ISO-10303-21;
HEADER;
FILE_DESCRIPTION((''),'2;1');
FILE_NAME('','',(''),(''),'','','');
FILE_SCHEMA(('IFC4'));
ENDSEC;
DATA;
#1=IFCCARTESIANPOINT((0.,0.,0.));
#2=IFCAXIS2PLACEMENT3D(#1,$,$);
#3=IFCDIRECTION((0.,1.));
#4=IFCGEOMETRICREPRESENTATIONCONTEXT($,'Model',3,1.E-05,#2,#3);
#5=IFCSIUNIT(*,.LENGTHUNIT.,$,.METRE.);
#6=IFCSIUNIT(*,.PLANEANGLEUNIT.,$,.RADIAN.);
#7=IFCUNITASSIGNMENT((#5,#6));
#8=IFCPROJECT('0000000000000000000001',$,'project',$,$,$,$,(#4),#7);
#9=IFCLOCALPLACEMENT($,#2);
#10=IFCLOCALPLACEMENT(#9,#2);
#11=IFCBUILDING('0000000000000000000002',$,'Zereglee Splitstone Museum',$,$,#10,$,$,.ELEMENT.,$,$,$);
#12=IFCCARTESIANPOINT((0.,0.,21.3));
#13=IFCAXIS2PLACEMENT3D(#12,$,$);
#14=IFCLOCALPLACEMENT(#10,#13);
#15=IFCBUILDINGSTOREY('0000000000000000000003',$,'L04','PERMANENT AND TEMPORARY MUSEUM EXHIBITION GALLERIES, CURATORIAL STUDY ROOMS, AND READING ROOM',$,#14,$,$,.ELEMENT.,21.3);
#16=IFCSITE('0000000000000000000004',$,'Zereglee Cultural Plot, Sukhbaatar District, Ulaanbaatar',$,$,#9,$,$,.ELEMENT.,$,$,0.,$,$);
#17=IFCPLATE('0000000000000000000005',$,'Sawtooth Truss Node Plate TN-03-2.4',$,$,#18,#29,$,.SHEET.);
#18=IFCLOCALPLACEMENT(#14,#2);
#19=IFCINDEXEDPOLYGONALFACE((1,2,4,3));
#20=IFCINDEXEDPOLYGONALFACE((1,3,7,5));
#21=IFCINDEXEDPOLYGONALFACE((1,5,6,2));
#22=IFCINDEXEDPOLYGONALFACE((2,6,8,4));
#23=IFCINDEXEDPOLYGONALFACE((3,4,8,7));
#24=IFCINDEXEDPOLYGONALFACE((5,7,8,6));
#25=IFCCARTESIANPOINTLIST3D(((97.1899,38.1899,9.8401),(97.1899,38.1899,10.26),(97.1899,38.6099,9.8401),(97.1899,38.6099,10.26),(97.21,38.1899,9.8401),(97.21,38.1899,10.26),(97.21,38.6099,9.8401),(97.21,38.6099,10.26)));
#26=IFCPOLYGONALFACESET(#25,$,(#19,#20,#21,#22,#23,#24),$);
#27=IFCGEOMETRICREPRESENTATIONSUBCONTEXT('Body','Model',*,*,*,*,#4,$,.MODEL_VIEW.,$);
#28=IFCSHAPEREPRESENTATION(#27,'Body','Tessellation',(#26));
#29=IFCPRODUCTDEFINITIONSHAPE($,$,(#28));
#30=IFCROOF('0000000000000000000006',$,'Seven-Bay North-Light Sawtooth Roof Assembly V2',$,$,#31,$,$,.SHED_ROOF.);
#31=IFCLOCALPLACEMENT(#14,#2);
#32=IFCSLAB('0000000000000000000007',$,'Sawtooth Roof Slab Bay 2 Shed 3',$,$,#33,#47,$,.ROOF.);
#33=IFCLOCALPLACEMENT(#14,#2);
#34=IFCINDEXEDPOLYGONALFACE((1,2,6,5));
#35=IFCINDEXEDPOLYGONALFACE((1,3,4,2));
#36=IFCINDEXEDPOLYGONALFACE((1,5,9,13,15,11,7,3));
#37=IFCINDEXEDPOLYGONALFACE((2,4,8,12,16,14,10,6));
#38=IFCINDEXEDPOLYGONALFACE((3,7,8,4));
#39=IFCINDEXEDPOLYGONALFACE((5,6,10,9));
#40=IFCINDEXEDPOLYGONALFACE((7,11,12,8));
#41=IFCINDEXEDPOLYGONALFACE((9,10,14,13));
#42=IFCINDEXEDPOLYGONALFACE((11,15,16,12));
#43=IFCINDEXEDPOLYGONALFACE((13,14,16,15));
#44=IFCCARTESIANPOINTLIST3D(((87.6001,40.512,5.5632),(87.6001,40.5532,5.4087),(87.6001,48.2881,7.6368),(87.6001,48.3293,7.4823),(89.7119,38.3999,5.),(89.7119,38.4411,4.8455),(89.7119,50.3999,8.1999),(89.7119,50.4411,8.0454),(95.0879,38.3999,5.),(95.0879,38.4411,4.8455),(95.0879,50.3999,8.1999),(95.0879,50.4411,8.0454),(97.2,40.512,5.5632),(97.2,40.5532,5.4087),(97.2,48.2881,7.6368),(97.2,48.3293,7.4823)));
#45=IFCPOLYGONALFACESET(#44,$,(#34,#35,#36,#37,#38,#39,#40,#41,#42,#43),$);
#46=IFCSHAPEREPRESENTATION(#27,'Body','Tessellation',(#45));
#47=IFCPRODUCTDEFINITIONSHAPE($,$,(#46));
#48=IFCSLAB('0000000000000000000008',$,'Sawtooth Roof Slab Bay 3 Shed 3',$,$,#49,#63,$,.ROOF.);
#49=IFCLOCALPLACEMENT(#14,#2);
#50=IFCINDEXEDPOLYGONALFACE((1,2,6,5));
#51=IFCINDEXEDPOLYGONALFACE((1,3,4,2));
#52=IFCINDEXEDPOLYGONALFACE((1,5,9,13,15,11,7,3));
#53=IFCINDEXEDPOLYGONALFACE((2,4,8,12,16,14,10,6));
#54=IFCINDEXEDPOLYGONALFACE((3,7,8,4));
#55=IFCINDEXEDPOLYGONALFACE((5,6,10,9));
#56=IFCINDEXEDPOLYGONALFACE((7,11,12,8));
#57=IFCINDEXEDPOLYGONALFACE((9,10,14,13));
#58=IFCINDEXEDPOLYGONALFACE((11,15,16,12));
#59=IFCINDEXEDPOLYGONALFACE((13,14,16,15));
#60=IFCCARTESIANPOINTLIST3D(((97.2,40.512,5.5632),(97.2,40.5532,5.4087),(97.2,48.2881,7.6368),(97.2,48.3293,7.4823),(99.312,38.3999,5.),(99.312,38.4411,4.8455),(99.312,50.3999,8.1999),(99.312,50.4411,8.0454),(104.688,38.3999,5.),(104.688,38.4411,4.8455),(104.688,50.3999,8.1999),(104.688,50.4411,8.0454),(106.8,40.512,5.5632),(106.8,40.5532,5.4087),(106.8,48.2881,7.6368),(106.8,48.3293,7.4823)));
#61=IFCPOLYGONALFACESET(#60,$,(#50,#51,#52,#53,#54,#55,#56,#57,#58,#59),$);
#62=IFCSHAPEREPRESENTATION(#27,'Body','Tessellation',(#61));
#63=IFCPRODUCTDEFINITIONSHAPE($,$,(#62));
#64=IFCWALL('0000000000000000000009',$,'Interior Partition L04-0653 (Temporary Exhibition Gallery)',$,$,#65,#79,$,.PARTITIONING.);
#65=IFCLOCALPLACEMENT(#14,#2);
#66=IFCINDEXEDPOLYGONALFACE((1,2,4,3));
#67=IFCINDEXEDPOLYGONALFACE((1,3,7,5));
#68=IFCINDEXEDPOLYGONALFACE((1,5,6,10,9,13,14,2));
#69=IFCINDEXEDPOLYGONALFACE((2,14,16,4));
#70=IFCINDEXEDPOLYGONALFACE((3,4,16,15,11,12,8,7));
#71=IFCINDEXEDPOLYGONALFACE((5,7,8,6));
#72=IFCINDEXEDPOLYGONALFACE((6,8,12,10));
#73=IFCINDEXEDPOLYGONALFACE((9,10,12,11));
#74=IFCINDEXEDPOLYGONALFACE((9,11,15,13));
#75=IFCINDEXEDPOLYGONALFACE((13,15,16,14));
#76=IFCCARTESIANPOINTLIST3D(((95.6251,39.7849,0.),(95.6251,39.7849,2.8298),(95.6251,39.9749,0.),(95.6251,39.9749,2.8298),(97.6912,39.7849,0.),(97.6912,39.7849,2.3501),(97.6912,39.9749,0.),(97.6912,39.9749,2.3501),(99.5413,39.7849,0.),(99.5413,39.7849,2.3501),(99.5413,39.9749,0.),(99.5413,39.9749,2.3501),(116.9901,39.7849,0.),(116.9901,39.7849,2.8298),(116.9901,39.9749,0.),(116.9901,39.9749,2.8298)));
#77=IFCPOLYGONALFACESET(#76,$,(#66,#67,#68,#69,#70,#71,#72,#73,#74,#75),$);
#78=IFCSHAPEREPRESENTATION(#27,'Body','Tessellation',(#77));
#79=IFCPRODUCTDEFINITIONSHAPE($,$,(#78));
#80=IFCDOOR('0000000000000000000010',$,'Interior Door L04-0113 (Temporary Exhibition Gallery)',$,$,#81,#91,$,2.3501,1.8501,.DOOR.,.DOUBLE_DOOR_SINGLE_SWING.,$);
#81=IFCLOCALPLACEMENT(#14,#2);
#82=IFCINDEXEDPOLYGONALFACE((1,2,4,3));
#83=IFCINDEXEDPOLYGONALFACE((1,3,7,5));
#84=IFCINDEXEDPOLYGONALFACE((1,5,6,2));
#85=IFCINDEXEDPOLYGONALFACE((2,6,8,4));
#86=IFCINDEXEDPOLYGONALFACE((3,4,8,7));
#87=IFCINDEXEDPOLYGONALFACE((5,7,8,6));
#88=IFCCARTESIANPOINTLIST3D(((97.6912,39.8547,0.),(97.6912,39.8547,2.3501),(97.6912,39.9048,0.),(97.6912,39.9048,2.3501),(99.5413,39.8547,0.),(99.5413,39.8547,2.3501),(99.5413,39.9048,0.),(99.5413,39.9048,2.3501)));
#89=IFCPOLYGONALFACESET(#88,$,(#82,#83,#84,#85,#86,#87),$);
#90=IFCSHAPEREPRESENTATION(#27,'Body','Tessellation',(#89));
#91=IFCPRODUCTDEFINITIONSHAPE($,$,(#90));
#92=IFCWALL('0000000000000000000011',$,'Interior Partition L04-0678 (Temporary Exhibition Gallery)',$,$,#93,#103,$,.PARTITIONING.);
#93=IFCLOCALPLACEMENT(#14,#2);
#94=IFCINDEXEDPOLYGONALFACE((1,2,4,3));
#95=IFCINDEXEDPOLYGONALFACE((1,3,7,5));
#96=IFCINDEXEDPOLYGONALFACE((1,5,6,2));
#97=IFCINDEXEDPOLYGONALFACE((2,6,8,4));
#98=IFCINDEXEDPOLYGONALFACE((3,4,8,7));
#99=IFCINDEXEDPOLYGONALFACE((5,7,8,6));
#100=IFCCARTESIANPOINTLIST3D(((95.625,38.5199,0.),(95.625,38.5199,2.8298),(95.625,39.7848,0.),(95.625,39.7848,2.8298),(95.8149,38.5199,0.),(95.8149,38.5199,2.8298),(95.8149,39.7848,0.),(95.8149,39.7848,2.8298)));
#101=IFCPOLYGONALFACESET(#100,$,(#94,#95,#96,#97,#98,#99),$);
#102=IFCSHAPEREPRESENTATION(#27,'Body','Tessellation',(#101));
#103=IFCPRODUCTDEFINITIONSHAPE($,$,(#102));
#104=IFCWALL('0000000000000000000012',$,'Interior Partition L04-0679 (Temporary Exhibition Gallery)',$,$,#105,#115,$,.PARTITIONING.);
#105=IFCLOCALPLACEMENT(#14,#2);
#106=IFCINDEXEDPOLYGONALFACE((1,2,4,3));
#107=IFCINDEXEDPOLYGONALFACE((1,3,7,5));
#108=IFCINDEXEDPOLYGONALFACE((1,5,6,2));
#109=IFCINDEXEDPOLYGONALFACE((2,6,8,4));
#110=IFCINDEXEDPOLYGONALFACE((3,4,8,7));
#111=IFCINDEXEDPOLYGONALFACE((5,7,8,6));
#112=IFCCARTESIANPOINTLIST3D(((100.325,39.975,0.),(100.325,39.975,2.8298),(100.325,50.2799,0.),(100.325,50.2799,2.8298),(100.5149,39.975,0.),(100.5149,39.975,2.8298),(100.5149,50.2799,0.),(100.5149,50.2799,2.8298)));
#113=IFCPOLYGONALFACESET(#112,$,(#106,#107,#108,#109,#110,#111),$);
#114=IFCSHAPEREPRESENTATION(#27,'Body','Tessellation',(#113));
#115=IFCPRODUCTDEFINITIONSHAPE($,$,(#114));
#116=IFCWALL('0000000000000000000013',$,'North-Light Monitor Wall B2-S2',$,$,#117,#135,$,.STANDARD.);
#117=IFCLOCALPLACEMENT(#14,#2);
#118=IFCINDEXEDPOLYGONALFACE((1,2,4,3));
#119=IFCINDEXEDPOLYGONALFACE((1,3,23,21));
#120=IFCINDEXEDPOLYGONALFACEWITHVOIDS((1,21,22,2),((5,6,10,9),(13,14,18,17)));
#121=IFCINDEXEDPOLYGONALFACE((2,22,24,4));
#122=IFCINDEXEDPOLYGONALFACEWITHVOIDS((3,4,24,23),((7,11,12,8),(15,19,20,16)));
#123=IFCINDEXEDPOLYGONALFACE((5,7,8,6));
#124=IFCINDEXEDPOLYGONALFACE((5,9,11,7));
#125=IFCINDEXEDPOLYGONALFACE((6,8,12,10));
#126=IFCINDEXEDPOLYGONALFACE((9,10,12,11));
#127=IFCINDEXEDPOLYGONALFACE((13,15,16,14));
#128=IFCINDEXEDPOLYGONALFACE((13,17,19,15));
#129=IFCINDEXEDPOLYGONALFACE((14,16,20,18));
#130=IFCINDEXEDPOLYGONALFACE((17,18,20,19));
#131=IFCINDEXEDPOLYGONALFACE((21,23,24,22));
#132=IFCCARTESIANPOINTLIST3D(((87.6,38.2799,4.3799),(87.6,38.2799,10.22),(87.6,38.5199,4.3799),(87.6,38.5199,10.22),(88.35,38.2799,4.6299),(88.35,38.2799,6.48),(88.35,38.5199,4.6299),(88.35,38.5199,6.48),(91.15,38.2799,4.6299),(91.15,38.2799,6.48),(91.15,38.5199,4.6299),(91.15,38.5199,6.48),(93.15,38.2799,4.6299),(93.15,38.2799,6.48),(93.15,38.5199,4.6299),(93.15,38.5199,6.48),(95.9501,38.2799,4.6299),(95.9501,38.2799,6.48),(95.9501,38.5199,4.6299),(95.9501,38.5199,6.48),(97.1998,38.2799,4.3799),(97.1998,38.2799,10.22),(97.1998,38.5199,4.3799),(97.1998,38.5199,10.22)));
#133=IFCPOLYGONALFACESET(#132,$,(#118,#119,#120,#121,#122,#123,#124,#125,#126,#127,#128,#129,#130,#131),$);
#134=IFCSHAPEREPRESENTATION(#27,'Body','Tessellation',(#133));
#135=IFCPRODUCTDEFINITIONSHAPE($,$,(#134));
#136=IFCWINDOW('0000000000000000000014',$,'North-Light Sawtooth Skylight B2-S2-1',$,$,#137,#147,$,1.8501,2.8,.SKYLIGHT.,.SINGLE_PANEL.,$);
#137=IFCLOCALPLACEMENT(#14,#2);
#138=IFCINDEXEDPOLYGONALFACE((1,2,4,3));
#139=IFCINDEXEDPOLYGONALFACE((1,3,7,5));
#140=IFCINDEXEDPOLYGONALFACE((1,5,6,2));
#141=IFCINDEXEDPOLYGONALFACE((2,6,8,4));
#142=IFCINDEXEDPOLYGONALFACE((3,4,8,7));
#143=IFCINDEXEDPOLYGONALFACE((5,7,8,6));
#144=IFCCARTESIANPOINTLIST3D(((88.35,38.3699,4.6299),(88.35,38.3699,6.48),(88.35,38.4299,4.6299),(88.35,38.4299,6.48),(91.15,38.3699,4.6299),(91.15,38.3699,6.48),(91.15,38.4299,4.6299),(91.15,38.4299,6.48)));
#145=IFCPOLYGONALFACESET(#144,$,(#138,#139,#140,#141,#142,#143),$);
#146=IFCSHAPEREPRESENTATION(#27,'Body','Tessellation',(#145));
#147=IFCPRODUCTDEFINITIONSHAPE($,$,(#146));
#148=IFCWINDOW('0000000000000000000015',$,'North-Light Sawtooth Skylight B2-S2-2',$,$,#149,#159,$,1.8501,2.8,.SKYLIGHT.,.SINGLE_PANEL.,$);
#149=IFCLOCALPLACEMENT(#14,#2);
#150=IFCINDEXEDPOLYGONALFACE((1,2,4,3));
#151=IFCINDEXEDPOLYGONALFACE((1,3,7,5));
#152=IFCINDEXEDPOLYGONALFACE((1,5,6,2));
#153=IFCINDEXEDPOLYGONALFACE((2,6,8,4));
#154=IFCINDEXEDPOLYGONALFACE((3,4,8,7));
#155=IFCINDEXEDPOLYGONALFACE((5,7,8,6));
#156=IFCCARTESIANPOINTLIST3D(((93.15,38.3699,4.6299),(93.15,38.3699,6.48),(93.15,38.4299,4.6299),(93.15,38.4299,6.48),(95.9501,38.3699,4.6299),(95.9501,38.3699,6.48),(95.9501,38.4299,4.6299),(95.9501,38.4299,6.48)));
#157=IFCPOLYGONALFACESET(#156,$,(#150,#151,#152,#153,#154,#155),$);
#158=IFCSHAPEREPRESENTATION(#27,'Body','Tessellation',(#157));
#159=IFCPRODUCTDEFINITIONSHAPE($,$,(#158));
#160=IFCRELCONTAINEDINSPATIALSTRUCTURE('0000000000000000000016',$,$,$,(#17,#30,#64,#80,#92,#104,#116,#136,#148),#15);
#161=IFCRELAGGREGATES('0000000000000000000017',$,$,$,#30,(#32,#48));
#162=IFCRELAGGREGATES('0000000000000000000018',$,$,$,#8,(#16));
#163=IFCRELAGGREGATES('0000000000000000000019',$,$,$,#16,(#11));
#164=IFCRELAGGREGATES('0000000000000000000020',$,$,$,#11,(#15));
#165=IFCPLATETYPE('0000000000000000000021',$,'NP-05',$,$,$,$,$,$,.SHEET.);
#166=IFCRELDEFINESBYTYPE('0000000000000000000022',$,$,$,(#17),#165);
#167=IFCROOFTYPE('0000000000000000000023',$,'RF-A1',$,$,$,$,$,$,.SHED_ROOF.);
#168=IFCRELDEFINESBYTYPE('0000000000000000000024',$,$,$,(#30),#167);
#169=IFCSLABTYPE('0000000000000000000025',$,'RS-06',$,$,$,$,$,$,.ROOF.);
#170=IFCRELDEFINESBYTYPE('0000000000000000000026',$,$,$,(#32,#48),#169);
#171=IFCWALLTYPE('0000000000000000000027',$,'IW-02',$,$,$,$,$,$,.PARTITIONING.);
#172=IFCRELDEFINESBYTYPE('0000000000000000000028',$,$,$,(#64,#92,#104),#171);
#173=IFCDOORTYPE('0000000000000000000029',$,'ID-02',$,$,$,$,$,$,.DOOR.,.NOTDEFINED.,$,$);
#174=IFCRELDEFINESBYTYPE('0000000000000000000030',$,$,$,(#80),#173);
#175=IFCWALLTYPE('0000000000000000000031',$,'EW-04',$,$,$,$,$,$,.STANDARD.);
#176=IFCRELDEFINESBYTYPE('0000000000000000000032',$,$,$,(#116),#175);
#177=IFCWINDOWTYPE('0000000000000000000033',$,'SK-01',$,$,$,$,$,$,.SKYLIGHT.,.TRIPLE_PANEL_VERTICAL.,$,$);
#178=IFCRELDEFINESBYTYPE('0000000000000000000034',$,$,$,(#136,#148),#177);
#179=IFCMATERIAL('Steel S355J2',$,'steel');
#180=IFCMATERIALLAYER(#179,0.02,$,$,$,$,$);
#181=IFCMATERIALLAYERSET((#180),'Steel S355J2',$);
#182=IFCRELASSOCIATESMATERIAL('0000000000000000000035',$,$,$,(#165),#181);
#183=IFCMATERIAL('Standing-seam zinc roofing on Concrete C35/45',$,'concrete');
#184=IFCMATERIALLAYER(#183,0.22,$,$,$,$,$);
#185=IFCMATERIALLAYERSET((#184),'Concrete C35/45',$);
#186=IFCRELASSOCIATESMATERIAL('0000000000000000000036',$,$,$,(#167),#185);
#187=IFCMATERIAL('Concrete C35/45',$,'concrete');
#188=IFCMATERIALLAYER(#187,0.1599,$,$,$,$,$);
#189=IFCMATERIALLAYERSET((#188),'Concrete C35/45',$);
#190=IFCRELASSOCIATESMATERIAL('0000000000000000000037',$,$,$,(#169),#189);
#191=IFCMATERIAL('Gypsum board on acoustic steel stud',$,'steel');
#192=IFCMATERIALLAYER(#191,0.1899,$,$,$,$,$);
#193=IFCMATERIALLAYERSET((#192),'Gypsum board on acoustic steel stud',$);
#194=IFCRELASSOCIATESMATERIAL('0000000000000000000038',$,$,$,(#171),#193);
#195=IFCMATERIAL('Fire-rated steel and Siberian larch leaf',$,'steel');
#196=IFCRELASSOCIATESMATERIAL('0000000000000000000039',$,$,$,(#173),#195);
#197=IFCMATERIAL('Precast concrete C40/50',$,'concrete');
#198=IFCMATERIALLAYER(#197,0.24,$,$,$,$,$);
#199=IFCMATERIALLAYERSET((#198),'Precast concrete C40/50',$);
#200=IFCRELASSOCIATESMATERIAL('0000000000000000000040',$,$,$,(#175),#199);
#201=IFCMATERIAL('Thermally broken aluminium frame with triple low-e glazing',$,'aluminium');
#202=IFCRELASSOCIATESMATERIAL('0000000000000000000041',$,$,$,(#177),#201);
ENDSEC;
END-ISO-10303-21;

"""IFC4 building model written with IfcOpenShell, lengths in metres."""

from ifc_helpers import new_model, si_unit, direction, frame, frame_2d, origin, origin_2d, place, context, subcontext, project, spatial, polyline, rectangle, outline, extrude, material, layer, layer_set, type_object, element, fill, aggregate, save


model = new_model("IFC4")

# Units and contexts
model_context = context("Model", 3, precision=1e-05, world=origin(), true_north=direction((0.0, 1.0)))
body_context = subcontext(model_context, "Body", "Model", "MODEL_VIEW")
ifc_project = project(units=[si_unit("LENGTHUNIT", "METRE"), si_unit("PLANEANGLEUNIT", "RADIAN")], contexts=[model_context])

# Site, building, storey
site_placement = place(None, origin())
site = spatial("IfcSite", under=ifc_project, at=site_placement, Name="Zereglee Cultural Plot, Sukhbaatar District, Ulaanbaatar", CompositionType="ELEMENT", RefElevation=0.0)
building_placement = place(site_placement, origin())
building = spatial("IfcBuilding", under=site, at=building_placement, Name="Zereglee Splitstone Museum", CompositionType="ELEMENT")
storey_placement = place(building_placement, frame((0.0, 0.0, 21.3)))
storey = spatial("IfcBuildingStorey", under=building, at=storey_placement, Name="L04", Description="PERMANENT AND TEMPORARY MUSEUM EXHIBITION GALLERIES, CURATORIAL STUDY ROOMS, AND READING ROOM", CompositionType="ELEMENT", Elevation=21.3)

# Shared definitions
ifc_material_1 = material(Name="Steel S355J2", Category="steel")

# Plate
ifc_layer_1 = layer(ifc_material_1, 0.02)
ifc_layer_set_1 = layer_set([ifc_layer_1], Name="Steel S355J2")
plate_type_1 = type_object("IfcPlateType", Name="NP-05", PredefinedType="SHEET", material=ifc_layer_set_1)
plate_1_placement = place(storey_placement, frame((97.2, 38.3999, 9.8401), z_axis=(0.0, 0.0, 1.0), x_axis=(1.0, 0.0, 0.0)))
element("IfcPlate", 1, at=plate_1_placement, inside=storey, type_object=plate_type_1, Name="Sawtooth Truss Node Plate TN-03-2.4", PredefinedType="SHEET", context=body_context, shape_type="SweptSolid", body=[
    extrude(rectangle(XDim=0.02, YDim=0.4199, at=origin_2d()), origin(), (0.0, 0.0, 1.0), 0.4199),
])

# Roof, slabs
ifc_material_2 = material(Name="Standing-seam zinc roofing on Concrete C35/45", Category="concrete")
ifc_layer_2 = layer(ifc_material_2, 0.22)
ifc_layer_set_2 = layer_set([ifc_layer_2], Name="Concrete C35/45")
roof_type = type_object("IfcRoofType", Name="RF-A1", PredefinedType="SHED_ROOF", material=ifc_layer_set_2)
roof_placement = place(storey_placement, origin())
roof = element("IfcRoof", 2, at=roof_placement, inside=storey, type_object=roof_type, Name="Seven-Bay North-Light Sawtooth Roof Assembly V2", PredefinedType="SHED_ROOF")
ifc_material_3 = material(Name="Concrete C35/45", Category="concrete")
ifc_layer_3 = layer(ifc_material_3, 0.1599)
ifc_layer_set_3 = layer_set([ifc_layer_3], Name="Concrete C35/45")
slab_type = type_object("IfcSlabType", Name="RS-06", PredefinedType="ROOF", material=ifc_layer_set_3)
slab_1_placement = place(storey_placement, frame((89.7119, 38.3999, 5.0), z_axis=(0.0, -0.257657, 0.966236), x_axis=(1.0, 0.0, 0.0)))
slab_1 = element("IfcSlab", 3, at=slab_1_placement, type_object=slab_type, Name="Sawtooth Roof Slab Bay 2 Shed 3", PredefinedType="ROOF", context=body_context, shape_type="SweptSolid", body=[
    extrude(outline(polyline([(0.0, 0.0), (5.376, 0.0), (7.488, 2.1859), (7.488, 10.2337), (5.376, 12.4193), (0.0, 12.4193), (-2.1118, 10.2337), (-2.1118, 2.1859), (0.0, 0.0)])), origin(), (0.0, 0.0, -1.0), 0.1599),
])
slab_2_placement = place(storey_placement, frame((99.312, 38.3999, 5.0), z_axis=(0.0, -0.257657, 0.966236), x_axis=(1.0, 0.0, 0.0)))
slab_2 = element("IfcSlab", 4, at=slab_2_placement, type_object=slab_type, Name="Sawtooth Roof Slab Bay 3 Shed 3", PredefinedType="ROOF", context=body_context, shape_type="SweptSolid", body=[
    extrude(outline(polyline([(0.0, 0.0), (5.376, 0.0), (7.488, 2.1859), (7.488, 10.2337), (5.376, 12.4193), (0.0, 12.4193), (-2.1121, 10.2337), (-2.1121, 2.1859), (0.0, 0.0)])), origin(), (0.0, 0.0, -1.0), 0.1599),
])
aggregate(roof, [slab_1, slab_2])

# Wall, opening, door
ifc_material_4 = material(Name="Gypsum board on acoustic steel stud", Category="steel")
ifc_layer_4 = layer(ifc_material_4, 0.1899)
ifc_layer_set_4 = layer_set([ifc_layer_4], Name="Gypsum board on acoustic steel stud")
wall_type_1 = type_object("IfcWallType", Name="IW-02", PredefinedType="PARTITIONING", material=ifc_layer_set_4)
wall_1_placement = place(storey_placement, frame((95.625, 39.8799, 0.0), z_axis=(0.0, 0.0, 1.0), x_axis=(1.0, 0.0, 0.0)))
wall_1 = element("IfcWall", 5, at=wall_1_placement, inside=storey, type_object=wall_type_1, Name="Interior Partition L04-0653 (Temporary Exhibition Gallery)", PredefinedType="PARTITIONING", context=body_context, shape_type="SweptSolid", body=[
    extrude(rectangle(XDim=21.365, YDim=0.1899, at=frame_2d((10.6826, 0.0))), origin(), (0.0, 0.0, 1.0), 2.8298),
])
opening_1_placement = place(wall_1_placement, frame((2.0662, 0.0, 0.0)))
opening_1 = element("IfcOpeningElement", 6, at=opening_1_placement, cuts=wall_1, PredefinedType="OPENING", context=body_context, shape_type="SweptSolid", body=[
    extrude(rectangle(XDim=1.8501, YDim=2.3501, at=frame_2d((0.925, 1.175))), frame((0.0, 0.1099, 0.0), z_axis=(0.0, -1.0, 0.0), x_axis=(1.0, 0.0, 0.0)), (0.0, 0.0, 1.0), 0.2197),
])
ifc_material_5 = material(Name="Fire-rated steel and Siberian larch leaf", Category="steel")
door_type = type_object("IfcDoorType", Name="ID-02", OperationType="NOTDEFINED", PredefinedType="DOOR", material=ifc_material_5)
door_placement = place(opening_1_placement, origin())
door = element("IfcDoor", 7, at=door_placement, inside=storey, type_object=door_type, Name="Interior Door L04-0113 (Temporary Exhibition Gallery)", OperationType="DOUBLE_DOOR_SINGLE_SWING", OverallHeight=2.3501, OverallWidth=1.8501, PredefinedType="DOOR", context=body_context, shape_type="SweptSolid", body=[
    extrude(rectangle(XDim=1.8501, YDim=2.3501, at=frame_2d((0.925, 1.175))), frame((0.0, 0.0249, 0.0), z_axis=(0.0, -1.0, 0.0), x_axis=(1.0, 0.0, 0.0)), (0.0, 0.0, 1.0), 0.05),
])
fill(opening_1, door)

# Walls
wall_2_placement = place(storey_placement, frame((95.72, 38.52, 0.0), z_axis=(0.0, 0.0, 1.0), x_axis=(0.0, 1.0, 0.0)))
element("IfcWall", 8, at=wall_2_placement, inside=storey, type_object=wall_type_1, Name="Interior Partition L04-0678 (Temporary Exhibition Gallery)", PredefinedType="PARTITIONING", context=body_context, shape_type="SweptSolid", body=[
    extrude(rectangle(XDim=1.2649, YDim=0.1899, at=frame_2d((0.6323, 0.0))), origin(), (0.0, 0.0, 1.0), 2.8298),
])
wall_3_placement = place(storey_placement, frame((100.4199, 39.9751, 0.0), z_axis=(0.0, 0.0, 1.0), x_axis=(0.0, 1.0, 0.0)))
element("IfcWall", 9, at=wall_3_placement, inside=storey, type_object=wall_type_1, Name="Interior Partition L04-0679 (Temporary Exhibition Gallery)", PredefinedType="PARTITIONING", context=body_context, shape_type="SweptSolid", body=[
    extrude(rectangle(XDim=10.3049, YDim=0.1899, at=frame_2d((5.1523, 0.0))), origin(), (0.0, 0.0, 1.0), 2.8298),
])

# Wall, openings, windows
ifc_material_6 = material(Name="Precast concrete C40/50", Category="concrete")
ifc_layer_5 = layer(ifc_material_6, 0.24)
ifc_layer_set_5 = layer_set([ifc_layer_5], Name="Precast concrete C40/50")
wall_type_2 = type_object("IfcWallType", Name="EW-04", PredefinedType="STANDARD", material=ifc_layer_set_5)
wall_4_placement = place(storey_placement, frame((87.6001, 38.3999, 4.3799), z_axis=(0.0, 0.0, 1.0), x_axis=(1.0, 0.0, 0.0)))
wall_4 = element("IfcWall", 10, at=wall_4_placement, inside=storey, type_object=wall_type_2, Name="North-Light Monitor Wall B2-S2", PredefinedType="STANDARD", context=body_context, shape_type="SweptSolid", body=[
    extrude(rectangle(XDim=9.5999, YDim=0.24, at=frame_2d((4.7998, 0.0))), origin(), (0.0, 0.0, 1.0), 5.8401),
])
opening_2_placement = place(wall_4_placement, frame((0.75, 0.0, 0.25)))
opening_2 = element("IfcOpeningElement", 11, at=opening_2_placement, cuts=wall_4, PredefinedType="OPENING", context=body_context, shape_type="SweptSolid", body=[
    extrude(rectangle(XDim=2.8, YDim=1.8501, at=frame_2d((1.3999, 0.925))), frame((0.0, 0.1348, 0.0), z_axis=(0.0, -1.0, 0.0), x_axis=(1.0, 0.0, 0.0)), (0.0, 0.0, 1.0), 0.2698),
])
opening_3_placement = place(wall_4_placement, frame((5.55, 0.0, 0.25)))
opening_3 = element("IfcOpeningElement", 12, at=opening_3_placement, cuts=wall_4, PredefinedType="OPENING", context=body_context, shape_type="SweptSolid", body=[
    extrude(rectangle(XDim=2.8, YDim=1.8501, at=frame_2d((1.3999, 0.925))), frame((0.0, 0.1348, 0.0), z_axis=(0.0, -1.0, 0.0), x_axis=(1.0, 0.0, 0.0)), (0.0, 0.0, 1.0), 0.2698),
])
ifc_material_7 = material(Name="Thermally broken aluminium frame with triple low-e glazing", Category="aluminium")
window_type = type_object("IfcWindowType", Name="SK-01", PartitioningType="TRIPLE_PANEL_VERTICAL", PredefinedType="SKYLIGHT", material=ifc_material_7)
window_1_placement = place(opening_2_placement, origin())
window_1 = element("IfcWindow", 13, at=window_1_placement, inside=storey, type_object=window_type, Name="North-Light Sawtooth Skylight B2-S2-1", OverallHeight=1.8501, OverallWidth=2.8, PartitioningType="SINGLE_PANEL", PredefinedType="SKYLIGHT", context=body_context, shape_type="SweptSolid", body=[
    extrude(rectangle(XDim=2.8, YDim=1.8501, at=frame_2d((1.3999, 0.925))), frame((0.0, 0.03, 0.0), z_axis=(0.0, -1.0, 0.0), x_axis=(1.0, 0.0, 0.0)), (0.0, 0.0, 1.0), 0.0601),
])
fill(opening_2, window_1)
window_2_placement = place(opening_3_placement, origin())
window_2 = element("IfcWindow", 14, at=window_2_placement, inside=storey, type_object=window_type, Name="North-Light Sawtooth Skylight B2-S2-2", OverallHeight=1.8501, OverallWidth=2.8, PartitioningType="SINGLE_PANEL", PredefinedType="SKYLIGHT", context=body_context, shape_type="SweptSolid", body=[
    extrude(rectangle(XDim=2.8, YDim=1.8501, at=frame_2d((1.3999, 0.925))), frame((0.0, 0.03, 0.0), z_axis=(0.0, -1.0, 0.0), x_axis=(1.0, 0.0, 0.0)), (0.0, 0.0, 1.0), 0.0601),
])
fill(opening_3, window_2)

save(model, "model.ifc")
